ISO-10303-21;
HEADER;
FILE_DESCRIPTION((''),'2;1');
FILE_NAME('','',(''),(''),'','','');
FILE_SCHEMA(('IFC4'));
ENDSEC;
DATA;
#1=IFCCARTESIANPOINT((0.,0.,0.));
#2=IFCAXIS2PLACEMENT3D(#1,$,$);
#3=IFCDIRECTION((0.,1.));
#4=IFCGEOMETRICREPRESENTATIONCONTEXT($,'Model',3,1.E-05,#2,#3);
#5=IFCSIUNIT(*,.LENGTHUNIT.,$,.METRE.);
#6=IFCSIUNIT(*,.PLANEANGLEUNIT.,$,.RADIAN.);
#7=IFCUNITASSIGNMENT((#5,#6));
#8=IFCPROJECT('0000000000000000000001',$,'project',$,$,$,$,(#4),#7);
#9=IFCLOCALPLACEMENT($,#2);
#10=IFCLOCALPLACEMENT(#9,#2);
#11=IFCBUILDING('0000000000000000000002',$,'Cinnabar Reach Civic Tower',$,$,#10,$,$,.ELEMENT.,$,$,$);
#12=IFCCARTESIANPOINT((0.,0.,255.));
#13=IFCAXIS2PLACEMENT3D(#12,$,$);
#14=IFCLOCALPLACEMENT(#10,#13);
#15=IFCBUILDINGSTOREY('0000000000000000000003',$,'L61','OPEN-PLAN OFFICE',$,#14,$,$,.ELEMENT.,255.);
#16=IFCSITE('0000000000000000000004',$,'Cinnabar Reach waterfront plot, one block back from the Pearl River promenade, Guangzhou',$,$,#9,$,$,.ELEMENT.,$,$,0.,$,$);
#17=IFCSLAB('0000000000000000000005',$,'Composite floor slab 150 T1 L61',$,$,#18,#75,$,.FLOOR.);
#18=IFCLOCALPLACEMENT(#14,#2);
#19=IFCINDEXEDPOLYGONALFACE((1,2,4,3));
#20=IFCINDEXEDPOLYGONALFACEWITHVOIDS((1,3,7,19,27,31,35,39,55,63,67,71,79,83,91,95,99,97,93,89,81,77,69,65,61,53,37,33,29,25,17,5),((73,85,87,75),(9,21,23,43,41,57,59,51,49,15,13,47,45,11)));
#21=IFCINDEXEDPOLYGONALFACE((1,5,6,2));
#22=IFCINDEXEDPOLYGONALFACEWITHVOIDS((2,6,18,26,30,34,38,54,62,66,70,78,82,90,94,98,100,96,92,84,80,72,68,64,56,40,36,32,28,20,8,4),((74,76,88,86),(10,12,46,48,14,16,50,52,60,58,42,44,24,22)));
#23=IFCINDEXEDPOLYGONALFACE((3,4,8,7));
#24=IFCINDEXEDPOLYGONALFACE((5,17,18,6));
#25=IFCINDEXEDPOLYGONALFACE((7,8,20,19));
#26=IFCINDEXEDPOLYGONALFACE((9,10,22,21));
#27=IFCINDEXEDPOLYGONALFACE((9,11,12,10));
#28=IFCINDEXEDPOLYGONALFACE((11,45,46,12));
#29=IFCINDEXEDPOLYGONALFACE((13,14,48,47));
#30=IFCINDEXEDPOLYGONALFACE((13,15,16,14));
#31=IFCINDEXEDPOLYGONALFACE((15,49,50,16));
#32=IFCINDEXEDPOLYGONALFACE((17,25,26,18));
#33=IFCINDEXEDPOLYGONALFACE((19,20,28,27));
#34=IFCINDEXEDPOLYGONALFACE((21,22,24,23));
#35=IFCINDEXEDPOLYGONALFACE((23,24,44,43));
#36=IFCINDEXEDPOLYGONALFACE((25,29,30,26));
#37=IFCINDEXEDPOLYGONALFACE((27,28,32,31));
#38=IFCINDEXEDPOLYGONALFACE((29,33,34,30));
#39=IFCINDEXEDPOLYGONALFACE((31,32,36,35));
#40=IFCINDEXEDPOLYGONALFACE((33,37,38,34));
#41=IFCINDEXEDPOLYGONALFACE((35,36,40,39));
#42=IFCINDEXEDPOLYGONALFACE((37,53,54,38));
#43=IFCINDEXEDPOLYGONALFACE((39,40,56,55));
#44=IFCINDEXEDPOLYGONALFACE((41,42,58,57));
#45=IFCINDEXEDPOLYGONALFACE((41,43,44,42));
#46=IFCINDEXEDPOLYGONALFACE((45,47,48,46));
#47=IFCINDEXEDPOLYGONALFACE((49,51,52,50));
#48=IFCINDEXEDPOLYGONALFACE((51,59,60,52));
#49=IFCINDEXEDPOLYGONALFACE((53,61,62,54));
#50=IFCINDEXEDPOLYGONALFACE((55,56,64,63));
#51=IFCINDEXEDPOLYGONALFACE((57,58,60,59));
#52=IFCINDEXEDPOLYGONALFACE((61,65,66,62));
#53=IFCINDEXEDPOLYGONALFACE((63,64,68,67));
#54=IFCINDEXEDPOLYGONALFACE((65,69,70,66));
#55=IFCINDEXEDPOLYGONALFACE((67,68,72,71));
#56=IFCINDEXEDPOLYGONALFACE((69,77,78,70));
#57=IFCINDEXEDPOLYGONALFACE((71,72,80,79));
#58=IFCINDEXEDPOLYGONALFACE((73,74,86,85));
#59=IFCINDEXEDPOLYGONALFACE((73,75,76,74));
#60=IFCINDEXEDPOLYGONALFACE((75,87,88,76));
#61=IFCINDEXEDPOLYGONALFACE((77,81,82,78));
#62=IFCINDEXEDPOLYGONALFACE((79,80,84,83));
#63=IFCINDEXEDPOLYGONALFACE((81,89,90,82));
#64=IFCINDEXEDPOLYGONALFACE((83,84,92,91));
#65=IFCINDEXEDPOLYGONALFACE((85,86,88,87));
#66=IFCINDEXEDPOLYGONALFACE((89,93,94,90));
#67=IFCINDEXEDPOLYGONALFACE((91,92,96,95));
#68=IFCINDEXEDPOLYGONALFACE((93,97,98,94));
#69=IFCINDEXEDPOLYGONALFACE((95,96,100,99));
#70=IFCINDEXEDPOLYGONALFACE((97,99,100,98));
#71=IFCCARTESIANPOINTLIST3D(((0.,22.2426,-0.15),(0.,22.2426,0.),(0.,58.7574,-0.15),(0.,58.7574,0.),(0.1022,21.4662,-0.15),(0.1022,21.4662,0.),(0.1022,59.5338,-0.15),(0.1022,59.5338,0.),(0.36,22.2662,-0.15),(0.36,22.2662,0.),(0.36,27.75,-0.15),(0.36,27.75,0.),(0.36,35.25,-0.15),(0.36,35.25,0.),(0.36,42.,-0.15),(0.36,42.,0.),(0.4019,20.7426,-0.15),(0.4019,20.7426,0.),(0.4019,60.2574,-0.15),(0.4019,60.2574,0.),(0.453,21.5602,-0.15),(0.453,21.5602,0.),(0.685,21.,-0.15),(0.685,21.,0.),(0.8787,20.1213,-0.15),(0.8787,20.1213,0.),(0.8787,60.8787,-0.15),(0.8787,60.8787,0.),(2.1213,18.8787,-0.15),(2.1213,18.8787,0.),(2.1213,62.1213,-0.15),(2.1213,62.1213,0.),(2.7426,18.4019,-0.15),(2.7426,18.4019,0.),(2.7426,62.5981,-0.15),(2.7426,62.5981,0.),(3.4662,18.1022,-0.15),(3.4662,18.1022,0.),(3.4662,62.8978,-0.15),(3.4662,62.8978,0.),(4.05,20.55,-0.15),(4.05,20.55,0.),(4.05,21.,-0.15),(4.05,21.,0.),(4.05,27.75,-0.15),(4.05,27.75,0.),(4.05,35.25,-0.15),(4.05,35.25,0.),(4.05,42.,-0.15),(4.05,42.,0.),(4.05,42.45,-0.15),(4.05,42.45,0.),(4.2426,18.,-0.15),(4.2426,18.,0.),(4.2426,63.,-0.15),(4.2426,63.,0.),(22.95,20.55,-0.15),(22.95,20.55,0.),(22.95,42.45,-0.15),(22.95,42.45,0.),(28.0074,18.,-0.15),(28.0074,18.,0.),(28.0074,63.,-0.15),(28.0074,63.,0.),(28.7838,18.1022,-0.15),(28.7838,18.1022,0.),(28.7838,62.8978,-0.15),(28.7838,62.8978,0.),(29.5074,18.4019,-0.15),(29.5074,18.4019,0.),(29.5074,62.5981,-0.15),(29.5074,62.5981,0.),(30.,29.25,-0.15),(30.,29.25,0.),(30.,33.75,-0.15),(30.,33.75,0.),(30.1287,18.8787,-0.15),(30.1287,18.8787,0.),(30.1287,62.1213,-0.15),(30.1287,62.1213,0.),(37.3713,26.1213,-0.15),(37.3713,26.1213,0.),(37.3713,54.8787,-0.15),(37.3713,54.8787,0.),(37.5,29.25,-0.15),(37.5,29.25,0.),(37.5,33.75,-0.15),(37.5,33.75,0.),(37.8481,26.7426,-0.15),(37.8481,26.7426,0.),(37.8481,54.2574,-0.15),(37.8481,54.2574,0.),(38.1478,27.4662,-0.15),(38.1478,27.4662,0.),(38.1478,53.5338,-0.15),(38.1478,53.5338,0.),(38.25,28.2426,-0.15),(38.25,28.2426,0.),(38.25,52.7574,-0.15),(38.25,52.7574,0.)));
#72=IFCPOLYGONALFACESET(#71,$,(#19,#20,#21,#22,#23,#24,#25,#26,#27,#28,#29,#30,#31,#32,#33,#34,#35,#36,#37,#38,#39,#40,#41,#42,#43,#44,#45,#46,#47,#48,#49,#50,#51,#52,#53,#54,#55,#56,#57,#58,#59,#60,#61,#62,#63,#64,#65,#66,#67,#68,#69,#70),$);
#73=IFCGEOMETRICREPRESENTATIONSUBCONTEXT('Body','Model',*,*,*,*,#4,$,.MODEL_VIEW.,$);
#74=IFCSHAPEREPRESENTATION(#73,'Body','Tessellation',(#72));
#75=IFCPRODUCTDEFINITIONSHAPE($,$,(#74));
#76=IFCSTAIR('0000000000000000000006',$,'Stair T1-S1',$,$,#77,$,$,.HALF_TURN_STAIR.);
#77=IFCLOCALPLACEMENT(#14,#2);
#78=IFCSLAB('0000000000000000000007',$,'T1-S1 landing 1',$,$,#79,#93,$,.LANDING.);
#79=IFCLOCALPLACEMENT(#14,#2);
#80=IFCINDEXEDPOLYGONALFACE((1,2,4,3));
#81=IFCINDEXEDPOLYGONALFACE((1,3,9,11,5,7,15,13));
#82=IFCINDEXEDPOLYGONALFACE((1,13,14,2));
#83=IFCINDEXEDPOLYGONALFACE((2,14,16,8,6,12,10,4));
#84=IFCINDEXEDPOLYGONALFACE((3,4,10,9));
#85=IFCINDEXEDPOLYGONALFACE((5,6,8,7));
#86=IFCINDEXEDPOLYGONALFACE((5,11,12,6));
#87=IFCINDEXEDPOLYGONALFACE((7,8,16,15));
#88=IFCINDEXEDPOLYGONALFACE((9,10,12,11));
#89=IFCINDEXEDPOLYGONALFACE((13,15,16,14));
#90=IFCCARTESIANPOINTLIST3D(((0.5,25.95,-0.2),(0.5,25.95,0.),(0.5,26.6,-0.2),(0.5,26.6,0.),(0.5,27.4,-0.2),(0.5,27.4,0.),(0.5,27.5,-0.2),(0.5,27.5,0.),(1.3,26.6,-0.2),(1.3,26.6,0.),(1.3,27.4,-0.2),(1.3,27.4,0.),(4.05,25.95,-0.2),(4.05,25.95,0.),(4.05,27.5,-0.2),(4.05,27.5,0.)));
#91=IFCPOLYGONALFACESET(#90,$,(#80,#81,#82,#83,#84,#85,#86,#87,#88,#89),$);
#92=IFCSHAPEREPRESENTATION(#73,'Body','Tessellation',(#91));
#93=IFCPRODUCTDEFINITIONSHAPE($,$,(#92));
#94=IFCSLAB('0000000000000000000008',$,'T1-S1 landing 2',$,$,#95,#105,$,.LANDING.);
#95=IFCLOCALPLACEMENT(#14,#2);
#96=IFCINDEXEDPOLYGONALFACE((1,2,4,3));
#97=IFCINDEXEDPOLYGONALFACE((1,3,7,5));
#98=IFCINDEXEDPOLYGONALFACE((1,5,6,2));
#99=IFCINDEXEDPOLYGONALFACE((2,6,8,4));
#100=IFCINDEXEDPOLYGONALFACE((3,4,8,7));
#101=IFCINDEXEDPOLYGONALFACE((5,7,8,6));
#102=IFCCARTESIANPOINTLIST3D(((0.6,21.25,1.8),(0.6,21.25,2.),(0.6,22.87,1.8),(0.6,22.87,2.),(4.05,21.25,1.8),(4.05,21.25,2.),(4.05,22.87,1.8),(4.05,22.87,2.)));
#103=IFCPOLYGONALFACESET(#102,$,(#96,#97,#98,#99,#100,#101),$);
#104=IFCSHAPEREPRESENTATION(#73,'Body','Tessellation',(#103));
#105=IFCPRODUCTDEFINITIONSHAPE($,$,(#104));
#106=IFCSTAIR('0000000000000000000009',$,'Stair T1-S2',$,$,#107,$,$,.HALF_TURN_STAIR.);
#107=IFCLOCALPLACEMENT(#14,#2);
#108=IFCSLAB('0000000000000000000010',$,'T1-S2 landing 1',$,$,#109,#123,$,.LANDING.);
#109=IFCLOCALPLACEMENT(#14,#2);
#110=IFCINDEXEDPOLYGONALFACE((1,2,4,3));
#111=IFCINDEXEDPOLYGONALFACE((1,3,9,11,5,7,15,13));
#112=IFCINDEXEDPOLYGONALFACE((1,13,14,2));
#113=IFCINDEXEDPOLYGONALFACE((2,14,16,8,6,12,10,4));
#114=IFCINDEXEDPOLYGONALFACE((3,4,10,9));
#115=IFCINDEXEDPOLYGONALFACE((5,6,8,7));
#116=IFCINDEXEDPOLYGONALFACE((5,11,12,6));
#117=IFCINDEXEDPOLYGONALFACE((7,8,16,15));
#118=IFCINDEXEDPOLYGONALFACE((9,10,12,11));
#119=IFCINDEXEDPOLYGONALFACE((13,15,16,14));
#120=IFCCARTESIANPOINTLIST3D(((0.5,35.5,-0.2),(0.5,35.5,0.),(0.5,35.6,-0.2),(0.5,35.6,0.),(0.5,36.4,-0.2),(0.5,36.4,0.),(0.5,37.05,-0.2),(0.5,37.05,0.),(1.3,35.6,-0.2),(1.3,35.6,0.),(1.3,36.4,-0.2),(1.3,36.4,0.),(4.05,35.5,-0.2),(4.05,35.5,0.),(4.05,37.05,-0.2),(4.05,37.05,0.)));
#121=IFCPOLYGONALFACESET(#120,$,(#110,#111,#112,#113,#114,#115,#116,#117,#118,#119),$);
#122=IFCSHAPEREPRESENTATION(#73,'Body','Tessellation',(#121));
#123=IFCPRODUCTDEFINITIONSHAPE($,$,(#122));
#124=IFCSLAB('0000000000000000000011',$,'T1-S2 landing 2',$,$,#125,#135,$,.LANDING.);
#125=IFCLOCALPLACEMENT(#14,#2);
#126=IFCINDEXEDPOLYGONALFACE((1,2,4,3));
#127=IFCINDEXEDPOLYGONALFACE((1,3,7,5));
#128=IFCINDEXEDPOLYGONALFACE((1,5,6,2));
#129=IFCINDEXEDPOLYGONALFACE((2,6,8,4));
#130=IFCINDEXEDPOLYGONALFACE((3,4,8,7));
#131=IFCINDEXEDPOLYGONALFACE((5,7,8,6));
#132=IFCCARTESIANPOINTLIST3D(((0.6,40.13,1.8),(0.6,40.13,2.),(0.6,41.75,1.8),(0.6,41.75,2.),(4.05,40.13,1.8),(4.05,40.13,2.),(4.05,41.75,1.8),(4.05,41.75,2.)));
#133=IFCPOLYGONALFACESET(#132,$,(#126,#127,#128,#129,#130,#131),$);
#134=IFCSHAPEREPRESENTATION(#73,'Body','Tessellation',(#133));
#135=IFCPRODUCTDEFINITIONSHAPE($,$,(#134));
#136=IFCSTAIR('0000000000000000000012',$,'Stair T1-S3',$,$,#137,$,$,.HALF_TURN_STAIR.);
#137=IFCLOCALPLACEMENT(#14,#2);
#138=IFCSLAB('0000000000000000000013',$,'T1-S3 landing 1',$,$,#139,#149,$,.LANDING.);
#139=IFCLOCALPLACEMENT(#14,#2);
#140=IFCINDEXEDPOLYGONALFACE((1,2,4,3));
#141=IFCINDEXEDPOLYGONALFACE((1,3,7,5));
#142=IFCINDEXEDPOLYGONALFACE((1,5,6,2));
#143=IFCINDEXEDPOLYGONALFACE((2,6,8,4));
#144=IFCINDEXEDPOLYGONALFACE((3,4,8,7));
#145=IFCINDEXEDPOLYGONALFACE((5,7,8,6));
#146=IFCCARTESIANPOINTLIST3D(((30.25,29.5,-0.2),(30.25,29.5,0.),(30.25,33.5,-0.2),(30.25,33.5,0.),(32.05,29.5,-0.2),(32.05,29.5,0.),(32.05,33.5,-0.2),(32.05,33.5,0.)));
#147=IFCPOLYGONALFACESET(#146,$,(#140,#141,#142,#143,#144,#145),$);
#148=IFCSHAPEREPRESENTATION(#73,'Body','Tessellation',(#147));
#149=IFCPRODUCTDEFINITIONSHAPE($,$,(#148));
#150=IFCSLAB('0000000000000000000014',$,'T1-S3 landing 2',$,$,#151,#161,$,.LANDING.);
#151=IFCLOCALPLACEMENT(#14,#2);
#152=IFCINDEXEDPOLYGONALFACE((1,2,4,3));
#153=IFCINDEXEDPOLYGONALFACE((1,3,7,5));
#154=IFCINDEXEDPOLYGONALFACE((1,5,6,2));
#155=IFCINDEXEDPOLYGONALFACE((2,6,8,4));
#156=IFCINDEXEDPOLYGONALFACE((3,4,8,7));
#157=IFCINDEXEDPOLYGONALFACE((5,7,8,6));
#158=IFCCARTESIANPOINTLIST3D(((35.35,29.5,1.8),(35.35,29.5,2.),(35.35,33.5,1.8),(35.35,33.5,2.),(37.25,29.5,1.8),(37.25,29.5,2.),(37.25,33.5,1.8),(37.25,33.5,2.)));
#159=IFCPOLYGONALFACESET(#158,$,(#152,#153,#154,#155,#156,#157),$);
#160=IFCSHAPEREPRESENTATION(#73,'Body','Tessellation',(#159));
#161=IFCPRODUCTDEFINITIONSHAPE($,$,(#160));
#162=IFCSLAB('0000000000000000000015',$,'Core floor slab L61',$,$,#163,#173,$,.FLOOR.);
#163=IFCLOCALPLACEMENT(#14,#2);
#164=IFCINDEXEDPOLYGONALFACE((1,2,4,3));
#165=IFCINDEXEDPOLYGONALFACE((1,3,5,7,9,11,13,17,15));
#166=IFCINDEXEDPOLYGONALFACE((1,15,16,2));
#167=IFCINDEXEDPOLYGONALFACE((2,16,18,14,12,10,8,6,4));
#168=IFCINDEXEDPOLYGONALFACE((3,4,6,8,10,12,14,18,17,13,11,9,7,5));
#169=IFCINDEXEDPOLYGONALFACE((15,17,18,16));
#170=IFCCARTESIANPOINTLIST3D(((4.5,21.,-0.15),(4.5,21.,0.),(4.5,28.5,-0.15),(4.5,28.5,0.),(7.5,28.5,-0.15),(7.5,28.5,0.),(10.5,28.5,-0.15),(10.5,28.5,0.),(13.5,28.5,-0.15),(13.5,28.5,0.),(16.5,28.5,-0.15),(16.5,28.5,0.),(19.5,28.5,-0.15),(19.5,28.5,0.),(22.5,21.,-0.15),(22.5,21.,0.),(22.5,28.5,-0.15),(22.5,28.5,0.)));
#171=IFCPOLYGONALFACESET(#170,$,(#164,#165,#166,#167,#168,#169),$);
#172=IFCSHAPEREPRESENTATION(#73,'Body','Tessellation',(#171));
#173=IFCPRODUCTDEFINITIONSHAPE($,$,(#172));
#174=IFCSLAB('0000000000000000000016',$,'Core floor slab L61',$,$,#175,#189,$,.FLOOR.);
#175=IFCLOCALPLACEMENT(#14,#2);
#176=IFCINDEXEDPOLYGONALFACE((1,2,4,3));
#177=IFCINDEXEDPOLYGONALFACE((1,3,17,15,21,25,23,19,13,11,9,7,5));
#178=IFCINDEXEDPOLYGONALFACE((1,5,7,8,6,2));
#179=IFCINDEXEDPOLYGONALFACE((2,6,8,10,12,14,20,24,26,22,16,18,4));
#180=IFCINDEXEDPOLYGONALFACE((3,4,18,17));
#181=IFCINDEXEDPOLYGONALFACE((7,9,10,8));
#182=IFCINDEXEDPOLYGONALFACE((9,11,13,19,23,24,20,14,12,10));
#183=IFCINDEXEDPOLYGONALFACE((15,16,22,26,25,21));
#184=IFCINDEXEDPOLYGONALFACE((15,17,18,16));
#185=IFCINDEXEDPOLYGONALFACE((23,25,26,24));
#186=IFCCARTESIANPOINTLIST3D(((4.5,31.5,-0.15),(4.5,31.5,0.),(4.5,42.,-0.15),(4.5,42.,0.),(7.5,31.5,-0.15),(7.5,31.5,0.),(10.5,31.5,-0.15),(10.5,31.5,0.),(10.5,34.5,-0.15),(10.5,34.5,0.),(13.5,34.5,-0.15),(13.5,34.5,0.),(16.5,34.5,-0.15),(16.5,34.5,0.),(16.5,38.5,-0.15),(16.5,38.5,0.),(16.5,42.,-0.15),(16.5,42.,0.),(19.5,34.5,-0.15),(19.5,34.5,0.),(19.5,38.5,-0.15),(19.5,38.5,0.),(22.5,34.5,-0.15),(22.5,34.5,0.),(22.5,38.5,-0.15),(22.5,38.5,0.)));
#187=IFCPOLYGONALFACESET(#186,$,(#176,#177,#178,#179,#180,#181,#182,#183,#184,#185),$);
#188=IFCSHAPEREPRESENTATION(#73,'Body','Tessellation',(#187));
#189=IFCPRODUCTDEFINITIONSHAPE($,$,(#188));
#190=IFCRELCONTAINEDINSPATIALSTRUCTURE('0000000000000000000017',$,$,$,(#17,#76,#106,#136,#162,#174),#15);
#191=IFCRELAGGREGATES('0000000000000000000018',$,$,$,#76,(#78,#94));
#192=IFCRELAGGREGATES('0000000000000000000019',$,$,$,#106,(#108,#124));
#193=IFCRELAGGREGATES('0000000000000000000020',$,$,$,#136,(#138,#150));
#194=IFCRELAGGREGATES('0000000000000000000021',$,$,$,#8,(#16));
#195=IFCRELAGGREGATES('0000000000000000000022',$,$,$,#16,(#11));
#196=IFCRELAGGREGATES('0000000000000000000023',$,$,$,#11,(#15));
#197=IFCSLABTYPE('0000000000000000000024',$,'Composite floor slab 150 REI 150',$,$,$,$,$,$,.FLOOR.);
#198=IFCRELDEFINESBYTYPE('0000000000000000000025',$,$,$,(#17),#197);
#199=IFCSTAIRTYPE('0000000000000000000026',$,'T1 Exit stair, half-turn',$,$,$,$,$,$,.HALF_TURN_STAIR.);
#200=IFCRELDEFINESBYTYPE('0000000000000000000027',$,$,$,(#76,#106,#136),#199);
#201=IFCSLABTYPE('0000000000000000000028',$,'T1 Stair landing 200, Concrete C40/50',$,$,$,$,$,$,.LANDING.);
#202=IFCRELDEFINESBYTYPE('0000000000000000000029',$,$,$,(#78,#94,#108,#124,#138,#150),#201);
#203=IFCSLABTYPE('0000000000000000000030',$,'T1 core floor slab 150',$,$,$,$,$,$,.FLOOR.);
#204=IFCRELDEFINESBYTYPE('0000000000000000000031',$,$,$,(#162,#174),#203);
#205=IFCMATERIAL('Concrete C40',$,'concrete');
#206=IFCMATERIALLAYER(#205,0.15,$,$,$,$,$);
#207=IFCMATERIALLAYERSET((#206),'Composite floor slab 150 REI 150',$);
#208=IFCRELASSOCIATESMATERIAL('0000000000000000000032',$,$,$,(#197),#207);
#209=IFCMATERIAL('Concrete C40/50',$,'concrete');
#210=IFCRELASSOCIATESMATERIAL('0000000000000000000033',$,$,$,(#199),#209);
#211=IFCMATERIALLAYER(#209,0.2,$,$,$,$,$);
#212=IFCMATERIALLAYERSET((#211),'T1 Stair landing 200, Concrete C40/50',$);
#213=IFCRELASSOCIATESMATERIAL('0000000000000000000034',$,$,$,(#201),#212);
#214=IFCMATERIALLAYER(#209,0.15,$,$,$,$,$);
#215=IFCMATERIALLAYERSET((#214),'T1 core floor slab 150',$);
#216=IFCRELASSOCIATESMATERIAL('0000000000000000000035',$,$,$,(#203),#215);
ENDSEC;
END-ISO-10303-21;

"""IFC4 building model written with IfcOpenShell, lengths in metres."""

from ifc_helpers import new_model, si_unit, direction, frame, origin, place, context, subcontext, project, spatial, polyline, outline, extrude, material, layer, layer_set, type_object, element, aggregate, save


model = new_model("IFC4")

# Units and contexts
model_context = context("Model", 3, precision=1e-05, world=origin(), true_north=direction((0.0, 1.0)))
body_context = subcontext(model_context, "Body", "Model", "MODEL_VIEW")
ifc_project = project(units=[si_unit("LENGTHUNIT", "METRE"), si_unit("PLANEANGLEUNIT", "RADIAN")], contexts=[model_context])

# Site, building, storey
site_placement = place(None, origin())
site = spatial("IfcSite", under=ifc_project, at=site_placement, Name="Cinnabar Reach waterfront plot, one block back from the Pearl River promenade, Guangzhou", CompositionType="ELEMENT", RefElevation=0.0)
building_placement = place(site_placement, origin())
building = spatial("IfcBuilding", under=site, at=building_placement, Name="Cinnabar Reach Civic Tower", CompositionType="ELEMENT")
storey_placement = place(building_placement, frame((0.0, 0.0, 255.0)))
storey = spatial("IfcBuildingStorey", under=building, at=storey_placement, Name="L61", Description="OPEN-PLAN OFFICE", CompositionType="ELEMENT", Elevation=255.0)

# Slab
ifc_material_1 = material(Name="Concrete C40", Category="concrete")
ifc_layer_1 = layer(ifc_material_1, 0.15)
ifc_layer_set_1 = layer_set([ifc_layer_1], Name="Composite floor slab 150 REI 150")
slab_type_1 = type_object("IfcSlabType", Name="Composite floor slab 150 REI 150", PredefinedType="FLOOR", material=ifc_layer_set_1)
slab_1_placement = place(storey_placement, frame((0.0, 0.0, -0.15)))
element("IfcSlab", 1, at=slab_1_placement, inside=storey, type_object=slab_type_1, Name="Composite floor slab 150 T1 L61", PredefinedType="FLOOR", context=body_context, shape_type="SweptSolid", body=[
    extrude(outline(polyline([(0.8787, 20.1213), (0.4019, 20.7426), (0.1022, 21.4662), (0.0, 22.2426), (0.0, 58.7574), (0.1022, 59.5338), (0.4019, 60.2574), (0.8787, 60.8787), (2.1213, 62.1213), (2.7426, 62.5981), (3.4662, 62.8978), (4.2426, 63.0), (28.0074, 63.0), (28.7838, 62.8978), (29.5074, 62.5981), (30.1287, 62.1213), (37.3713, 54.8787), (37.8481, 54.2574), (38.1478, 53.5338), (38.25, 52.7574), (38.25, 28.2426), (38.1478, 27.4662), (37.8481, 26.7426), (37.3713, 26.1213), (30.1287, 18.8787), (29.5074, 18.4019), (28.7838, 18.1022), (28.0074, 18.0), (4.2426, 18.0), (3.4662, 18.1022), (2.7426, 18.4019), (2.1213, 18.8787), (0.8787, 20.1213)]), holes=[polyline([(0.685, 21.0), (4.05, 21.0), (4.05, 20.55), (22.95, 20.55), (22.95, 42.45), (4.05, 42.45), (4.05, 42.0), (0.36, 42.0), (0.36, 35.25), (4.05, 35.25), (4.05, 27.75), (0.36, 27.75), (0.36, 22.2662), (0.453, 21.5602), (0.685, 21.0)]), polyline([(30.0, 33.75), (30.0, 29.25), (37.5, 29.25), (37.5, 33.75), (30.0, 33.75)])]), origin(), (0.0, 0.0, 1.0), 0.15),
])

# Stairs, slabs
ifc_material_2 = material(Name="Concrete C40/50", Category="concrete")
stair_type = type_object("IfcStairType", Name="T1 Exit stair, half-turn", PredefinedType="HALF_TURN_STAIR", material=ifc_material_2)
stair_1_placement = place(storey_placement, origin())
stair_1 = element("IfcStair", 2, at=stair_1_placement, inside=storey, type_object=stair_type, Name="Stair T1-S1", PredefinedType="HALF_TURN_STAIR")
ifc_layer_2 = layer(ifc_material_2, 0.2)
ifc_layer_set_2 = layer_set([ifc_layer_2], Name="T1 Stair landing 200, Concrete C40/50")
slab_type_2 = type_object("IfcSlabType", Name="T1 Stair landing 200, Concrete C40/50", PredefinedType="LANDING", material=ifc_layer_set_2)
slab_2_placement = place(storey_placement, frame((0.0, 0.0, -0.2)))
slab_2 = element("IfcSlab", 3, at=slab_2_placement, type_object=slab_type_2, Name="T1-S1 landing 1", PredefinedType="LANDING", context=body_context, shape_type="SweptSolid", body=[
    extrude(outline(polyline([(0.5, 27.5), (4.05, 27.5), (4.05, 25.95), (0.5, 25.95), (0.5, 26.6), (1.3, 26.6), (1.3, 27.4), (0.5, 27.4), (0.5, 27.5)])), origin(), (0.0, 0.0, 1.0), 0.2),
])
slab_3_placement = place(storey_placement, frame((0.0, 0.0, 1.8)))
slab_3 = element("IfcSlab", 4, at=slab_3_placement, type_object=slab_type_2, Name="T1-S1 landing 2", PredefinedType="LANDING", context=body_context, shape_type="SweptSolid", body=[
    extrude(outline(polyline([(0.6, 21.25), (0.6, 22.87), (4.05, 22.87), (4.05, 21.25), (0.6, 21.25)])), origin(), (0.0, 0.0, 1.0), 0.2),
])
aggregate(stair_1, [slab_2, slab_3])
stair_2_placement = place(storey_placement, origin())
stair_2 = element("IfcStair", 5, at=stair_2_placement, inside=storey, type_object=stair_type, Name="Stair T1-S2", PredefinedType="HALF_TURN_STAIR")
slab_4_placement = place(storey_placement, frame((0.0, 0.0, -0.2)))
slab_4 = element("IfcSlab", 6, at=slab_4_placement, type_object=slab_type_2, Name="T1-S2 landing 1", PredefinedType="LANDING", context=body_context, shape_type="SweptSolid", body=[
    extrude(outline(polyline([(0.5, 37.05), (4.05, 37.05), (4.05, 35.5), (0.5, 35.5), (0.5, 35.6), (1.3, 35.6), (1.3, 36.4), (0.5, 36.4), (0.5, 37.05)])), origin(), (0.0, 0.0, 1.0), 0.2),
])
slab_5_placement = place(storey_placement, frame((0.0, 0.0, 1.8)))
slab_5 = element("IfcSlab", 7, at=slab_5_placement, type_object=slab_type_2, Name="T1-S2 landing 2", PredefinedType="LANDING", context=body_context, shape_type="SweptSolid", body=[
    extrude(outline(polyline([(0.6, 40.13), (0.6, 41.75), (4.05, 41.75), (4.05, 40.13), (0.6, 40.13)])), origin(), (0.0, 0.0, 1.0), 0.2),
])
aggregate(stair_2, [slab_4, slab_5])
stair_3_placement = place(storey_placement, origin())
stair_3 = element("IfcStair", 8, at=stair_3_placement, inside=storey, type_object=stair_type, Name="Stair T1-S3", PredefinedType="HALF_TURN_STAIR")
slab_6_placement = place(storey_placement, frame((0.0, 0.0, -0.2)))
slab_6 = element("IfcSlab", 9, at=slab_6_placement, type_object=slab_type_2, Name="T1-S3 landing 1", PredefinedType="LANDING", context=body_context, shape_type="SweptSolid", body=[
    extrude(outline(polyline([(30.25, 29.5), (32.05, 29.5), (32.05, 33.5), (30.25, 33.5), (30.25, 29.5)])), origin(), (0.0, 0.0, 1.0), 0.2),
])
slab_7_placement = place(storey_placement, frame((0.0, 0.0, 1.8)))
slab_7 = element("IfcSlab", 10, at=slab_7_placement, type_object=slab_type_2, Name="T1-S3 landing 2", PredefinedType="LANDING", context=body_context, shape_type="SweptSolid", body=[
    extrude(outline(polyline([(35.35, 29.5), (37.25, 29.5), (37.25, 33.5), (35.35, 33.5), (35.35, 29.5)])), origin(), (0.0, 0.0, 1.0), 0.2),
])
aggregate(stair_3, [slab_6, slab_7])

# Slabs
ifc_layer_3 = layer(ifc_material_2, 0.15)
ifc_layer_set_3 = layer_set([ifc_layer_3], Name="T1 core floor slab 150")
slab_type_3 = type_object("IfcSlabType", Name="T1 core floor slab 150", PredefinedType="FLOOR", material=ifc_layer_set_3)
slab_8_placement = place(storey_placement, frame((0.0, 0.0, -0.15)))
element("IfcSlab", 11, at=slab_8_placement, inside=storey, type_object=slab_type_3, Name="Core floor slab L61", PredefinedType="FLOOR", context=body_context, shape_type="SweptSolid", body=[
    extrude(outline(polyline([(22.5, 21.0), (4.5, 21.0), (4.5, 28.5), (7.5, 28.5), (10.5, 28.5), (13.5, 28.5), (16.5, 28.5), (19.5, 28.5), (22.5, 28.5), (22.5, 21.0)])), origin(), (0.0, 0.0, 1.0), 0.15),
])
slab_9_placement = place(storey_placement, frame((0.0, 0.0, -0.15)))
element("IfcSlab", 12, at=slab_9_placement, inside=storey, type_object=slab_type_3, Name="Core floor slab L61", PredefinedType="FLOOR", context=body_context, shape_type="SweptSolid", body=[
    extrude(outline(polyline([(22.5, 34.5), (19.5, 34.5), (16.5, 34.5), (13.5, 34.5), (10.5, 34.5), (10.5, 31.5), (7.5, 31.5), (4.5, 31.5), (4.5, 42.0), (16.5, 42.0), (16.5, 38.5), (19.5, 38.5), (22.5, 38.5), (22.5, 34.5)])), origin(), (0.0, 0.0, 1.0), 0.15),
])

save(model, "model.ifc")
